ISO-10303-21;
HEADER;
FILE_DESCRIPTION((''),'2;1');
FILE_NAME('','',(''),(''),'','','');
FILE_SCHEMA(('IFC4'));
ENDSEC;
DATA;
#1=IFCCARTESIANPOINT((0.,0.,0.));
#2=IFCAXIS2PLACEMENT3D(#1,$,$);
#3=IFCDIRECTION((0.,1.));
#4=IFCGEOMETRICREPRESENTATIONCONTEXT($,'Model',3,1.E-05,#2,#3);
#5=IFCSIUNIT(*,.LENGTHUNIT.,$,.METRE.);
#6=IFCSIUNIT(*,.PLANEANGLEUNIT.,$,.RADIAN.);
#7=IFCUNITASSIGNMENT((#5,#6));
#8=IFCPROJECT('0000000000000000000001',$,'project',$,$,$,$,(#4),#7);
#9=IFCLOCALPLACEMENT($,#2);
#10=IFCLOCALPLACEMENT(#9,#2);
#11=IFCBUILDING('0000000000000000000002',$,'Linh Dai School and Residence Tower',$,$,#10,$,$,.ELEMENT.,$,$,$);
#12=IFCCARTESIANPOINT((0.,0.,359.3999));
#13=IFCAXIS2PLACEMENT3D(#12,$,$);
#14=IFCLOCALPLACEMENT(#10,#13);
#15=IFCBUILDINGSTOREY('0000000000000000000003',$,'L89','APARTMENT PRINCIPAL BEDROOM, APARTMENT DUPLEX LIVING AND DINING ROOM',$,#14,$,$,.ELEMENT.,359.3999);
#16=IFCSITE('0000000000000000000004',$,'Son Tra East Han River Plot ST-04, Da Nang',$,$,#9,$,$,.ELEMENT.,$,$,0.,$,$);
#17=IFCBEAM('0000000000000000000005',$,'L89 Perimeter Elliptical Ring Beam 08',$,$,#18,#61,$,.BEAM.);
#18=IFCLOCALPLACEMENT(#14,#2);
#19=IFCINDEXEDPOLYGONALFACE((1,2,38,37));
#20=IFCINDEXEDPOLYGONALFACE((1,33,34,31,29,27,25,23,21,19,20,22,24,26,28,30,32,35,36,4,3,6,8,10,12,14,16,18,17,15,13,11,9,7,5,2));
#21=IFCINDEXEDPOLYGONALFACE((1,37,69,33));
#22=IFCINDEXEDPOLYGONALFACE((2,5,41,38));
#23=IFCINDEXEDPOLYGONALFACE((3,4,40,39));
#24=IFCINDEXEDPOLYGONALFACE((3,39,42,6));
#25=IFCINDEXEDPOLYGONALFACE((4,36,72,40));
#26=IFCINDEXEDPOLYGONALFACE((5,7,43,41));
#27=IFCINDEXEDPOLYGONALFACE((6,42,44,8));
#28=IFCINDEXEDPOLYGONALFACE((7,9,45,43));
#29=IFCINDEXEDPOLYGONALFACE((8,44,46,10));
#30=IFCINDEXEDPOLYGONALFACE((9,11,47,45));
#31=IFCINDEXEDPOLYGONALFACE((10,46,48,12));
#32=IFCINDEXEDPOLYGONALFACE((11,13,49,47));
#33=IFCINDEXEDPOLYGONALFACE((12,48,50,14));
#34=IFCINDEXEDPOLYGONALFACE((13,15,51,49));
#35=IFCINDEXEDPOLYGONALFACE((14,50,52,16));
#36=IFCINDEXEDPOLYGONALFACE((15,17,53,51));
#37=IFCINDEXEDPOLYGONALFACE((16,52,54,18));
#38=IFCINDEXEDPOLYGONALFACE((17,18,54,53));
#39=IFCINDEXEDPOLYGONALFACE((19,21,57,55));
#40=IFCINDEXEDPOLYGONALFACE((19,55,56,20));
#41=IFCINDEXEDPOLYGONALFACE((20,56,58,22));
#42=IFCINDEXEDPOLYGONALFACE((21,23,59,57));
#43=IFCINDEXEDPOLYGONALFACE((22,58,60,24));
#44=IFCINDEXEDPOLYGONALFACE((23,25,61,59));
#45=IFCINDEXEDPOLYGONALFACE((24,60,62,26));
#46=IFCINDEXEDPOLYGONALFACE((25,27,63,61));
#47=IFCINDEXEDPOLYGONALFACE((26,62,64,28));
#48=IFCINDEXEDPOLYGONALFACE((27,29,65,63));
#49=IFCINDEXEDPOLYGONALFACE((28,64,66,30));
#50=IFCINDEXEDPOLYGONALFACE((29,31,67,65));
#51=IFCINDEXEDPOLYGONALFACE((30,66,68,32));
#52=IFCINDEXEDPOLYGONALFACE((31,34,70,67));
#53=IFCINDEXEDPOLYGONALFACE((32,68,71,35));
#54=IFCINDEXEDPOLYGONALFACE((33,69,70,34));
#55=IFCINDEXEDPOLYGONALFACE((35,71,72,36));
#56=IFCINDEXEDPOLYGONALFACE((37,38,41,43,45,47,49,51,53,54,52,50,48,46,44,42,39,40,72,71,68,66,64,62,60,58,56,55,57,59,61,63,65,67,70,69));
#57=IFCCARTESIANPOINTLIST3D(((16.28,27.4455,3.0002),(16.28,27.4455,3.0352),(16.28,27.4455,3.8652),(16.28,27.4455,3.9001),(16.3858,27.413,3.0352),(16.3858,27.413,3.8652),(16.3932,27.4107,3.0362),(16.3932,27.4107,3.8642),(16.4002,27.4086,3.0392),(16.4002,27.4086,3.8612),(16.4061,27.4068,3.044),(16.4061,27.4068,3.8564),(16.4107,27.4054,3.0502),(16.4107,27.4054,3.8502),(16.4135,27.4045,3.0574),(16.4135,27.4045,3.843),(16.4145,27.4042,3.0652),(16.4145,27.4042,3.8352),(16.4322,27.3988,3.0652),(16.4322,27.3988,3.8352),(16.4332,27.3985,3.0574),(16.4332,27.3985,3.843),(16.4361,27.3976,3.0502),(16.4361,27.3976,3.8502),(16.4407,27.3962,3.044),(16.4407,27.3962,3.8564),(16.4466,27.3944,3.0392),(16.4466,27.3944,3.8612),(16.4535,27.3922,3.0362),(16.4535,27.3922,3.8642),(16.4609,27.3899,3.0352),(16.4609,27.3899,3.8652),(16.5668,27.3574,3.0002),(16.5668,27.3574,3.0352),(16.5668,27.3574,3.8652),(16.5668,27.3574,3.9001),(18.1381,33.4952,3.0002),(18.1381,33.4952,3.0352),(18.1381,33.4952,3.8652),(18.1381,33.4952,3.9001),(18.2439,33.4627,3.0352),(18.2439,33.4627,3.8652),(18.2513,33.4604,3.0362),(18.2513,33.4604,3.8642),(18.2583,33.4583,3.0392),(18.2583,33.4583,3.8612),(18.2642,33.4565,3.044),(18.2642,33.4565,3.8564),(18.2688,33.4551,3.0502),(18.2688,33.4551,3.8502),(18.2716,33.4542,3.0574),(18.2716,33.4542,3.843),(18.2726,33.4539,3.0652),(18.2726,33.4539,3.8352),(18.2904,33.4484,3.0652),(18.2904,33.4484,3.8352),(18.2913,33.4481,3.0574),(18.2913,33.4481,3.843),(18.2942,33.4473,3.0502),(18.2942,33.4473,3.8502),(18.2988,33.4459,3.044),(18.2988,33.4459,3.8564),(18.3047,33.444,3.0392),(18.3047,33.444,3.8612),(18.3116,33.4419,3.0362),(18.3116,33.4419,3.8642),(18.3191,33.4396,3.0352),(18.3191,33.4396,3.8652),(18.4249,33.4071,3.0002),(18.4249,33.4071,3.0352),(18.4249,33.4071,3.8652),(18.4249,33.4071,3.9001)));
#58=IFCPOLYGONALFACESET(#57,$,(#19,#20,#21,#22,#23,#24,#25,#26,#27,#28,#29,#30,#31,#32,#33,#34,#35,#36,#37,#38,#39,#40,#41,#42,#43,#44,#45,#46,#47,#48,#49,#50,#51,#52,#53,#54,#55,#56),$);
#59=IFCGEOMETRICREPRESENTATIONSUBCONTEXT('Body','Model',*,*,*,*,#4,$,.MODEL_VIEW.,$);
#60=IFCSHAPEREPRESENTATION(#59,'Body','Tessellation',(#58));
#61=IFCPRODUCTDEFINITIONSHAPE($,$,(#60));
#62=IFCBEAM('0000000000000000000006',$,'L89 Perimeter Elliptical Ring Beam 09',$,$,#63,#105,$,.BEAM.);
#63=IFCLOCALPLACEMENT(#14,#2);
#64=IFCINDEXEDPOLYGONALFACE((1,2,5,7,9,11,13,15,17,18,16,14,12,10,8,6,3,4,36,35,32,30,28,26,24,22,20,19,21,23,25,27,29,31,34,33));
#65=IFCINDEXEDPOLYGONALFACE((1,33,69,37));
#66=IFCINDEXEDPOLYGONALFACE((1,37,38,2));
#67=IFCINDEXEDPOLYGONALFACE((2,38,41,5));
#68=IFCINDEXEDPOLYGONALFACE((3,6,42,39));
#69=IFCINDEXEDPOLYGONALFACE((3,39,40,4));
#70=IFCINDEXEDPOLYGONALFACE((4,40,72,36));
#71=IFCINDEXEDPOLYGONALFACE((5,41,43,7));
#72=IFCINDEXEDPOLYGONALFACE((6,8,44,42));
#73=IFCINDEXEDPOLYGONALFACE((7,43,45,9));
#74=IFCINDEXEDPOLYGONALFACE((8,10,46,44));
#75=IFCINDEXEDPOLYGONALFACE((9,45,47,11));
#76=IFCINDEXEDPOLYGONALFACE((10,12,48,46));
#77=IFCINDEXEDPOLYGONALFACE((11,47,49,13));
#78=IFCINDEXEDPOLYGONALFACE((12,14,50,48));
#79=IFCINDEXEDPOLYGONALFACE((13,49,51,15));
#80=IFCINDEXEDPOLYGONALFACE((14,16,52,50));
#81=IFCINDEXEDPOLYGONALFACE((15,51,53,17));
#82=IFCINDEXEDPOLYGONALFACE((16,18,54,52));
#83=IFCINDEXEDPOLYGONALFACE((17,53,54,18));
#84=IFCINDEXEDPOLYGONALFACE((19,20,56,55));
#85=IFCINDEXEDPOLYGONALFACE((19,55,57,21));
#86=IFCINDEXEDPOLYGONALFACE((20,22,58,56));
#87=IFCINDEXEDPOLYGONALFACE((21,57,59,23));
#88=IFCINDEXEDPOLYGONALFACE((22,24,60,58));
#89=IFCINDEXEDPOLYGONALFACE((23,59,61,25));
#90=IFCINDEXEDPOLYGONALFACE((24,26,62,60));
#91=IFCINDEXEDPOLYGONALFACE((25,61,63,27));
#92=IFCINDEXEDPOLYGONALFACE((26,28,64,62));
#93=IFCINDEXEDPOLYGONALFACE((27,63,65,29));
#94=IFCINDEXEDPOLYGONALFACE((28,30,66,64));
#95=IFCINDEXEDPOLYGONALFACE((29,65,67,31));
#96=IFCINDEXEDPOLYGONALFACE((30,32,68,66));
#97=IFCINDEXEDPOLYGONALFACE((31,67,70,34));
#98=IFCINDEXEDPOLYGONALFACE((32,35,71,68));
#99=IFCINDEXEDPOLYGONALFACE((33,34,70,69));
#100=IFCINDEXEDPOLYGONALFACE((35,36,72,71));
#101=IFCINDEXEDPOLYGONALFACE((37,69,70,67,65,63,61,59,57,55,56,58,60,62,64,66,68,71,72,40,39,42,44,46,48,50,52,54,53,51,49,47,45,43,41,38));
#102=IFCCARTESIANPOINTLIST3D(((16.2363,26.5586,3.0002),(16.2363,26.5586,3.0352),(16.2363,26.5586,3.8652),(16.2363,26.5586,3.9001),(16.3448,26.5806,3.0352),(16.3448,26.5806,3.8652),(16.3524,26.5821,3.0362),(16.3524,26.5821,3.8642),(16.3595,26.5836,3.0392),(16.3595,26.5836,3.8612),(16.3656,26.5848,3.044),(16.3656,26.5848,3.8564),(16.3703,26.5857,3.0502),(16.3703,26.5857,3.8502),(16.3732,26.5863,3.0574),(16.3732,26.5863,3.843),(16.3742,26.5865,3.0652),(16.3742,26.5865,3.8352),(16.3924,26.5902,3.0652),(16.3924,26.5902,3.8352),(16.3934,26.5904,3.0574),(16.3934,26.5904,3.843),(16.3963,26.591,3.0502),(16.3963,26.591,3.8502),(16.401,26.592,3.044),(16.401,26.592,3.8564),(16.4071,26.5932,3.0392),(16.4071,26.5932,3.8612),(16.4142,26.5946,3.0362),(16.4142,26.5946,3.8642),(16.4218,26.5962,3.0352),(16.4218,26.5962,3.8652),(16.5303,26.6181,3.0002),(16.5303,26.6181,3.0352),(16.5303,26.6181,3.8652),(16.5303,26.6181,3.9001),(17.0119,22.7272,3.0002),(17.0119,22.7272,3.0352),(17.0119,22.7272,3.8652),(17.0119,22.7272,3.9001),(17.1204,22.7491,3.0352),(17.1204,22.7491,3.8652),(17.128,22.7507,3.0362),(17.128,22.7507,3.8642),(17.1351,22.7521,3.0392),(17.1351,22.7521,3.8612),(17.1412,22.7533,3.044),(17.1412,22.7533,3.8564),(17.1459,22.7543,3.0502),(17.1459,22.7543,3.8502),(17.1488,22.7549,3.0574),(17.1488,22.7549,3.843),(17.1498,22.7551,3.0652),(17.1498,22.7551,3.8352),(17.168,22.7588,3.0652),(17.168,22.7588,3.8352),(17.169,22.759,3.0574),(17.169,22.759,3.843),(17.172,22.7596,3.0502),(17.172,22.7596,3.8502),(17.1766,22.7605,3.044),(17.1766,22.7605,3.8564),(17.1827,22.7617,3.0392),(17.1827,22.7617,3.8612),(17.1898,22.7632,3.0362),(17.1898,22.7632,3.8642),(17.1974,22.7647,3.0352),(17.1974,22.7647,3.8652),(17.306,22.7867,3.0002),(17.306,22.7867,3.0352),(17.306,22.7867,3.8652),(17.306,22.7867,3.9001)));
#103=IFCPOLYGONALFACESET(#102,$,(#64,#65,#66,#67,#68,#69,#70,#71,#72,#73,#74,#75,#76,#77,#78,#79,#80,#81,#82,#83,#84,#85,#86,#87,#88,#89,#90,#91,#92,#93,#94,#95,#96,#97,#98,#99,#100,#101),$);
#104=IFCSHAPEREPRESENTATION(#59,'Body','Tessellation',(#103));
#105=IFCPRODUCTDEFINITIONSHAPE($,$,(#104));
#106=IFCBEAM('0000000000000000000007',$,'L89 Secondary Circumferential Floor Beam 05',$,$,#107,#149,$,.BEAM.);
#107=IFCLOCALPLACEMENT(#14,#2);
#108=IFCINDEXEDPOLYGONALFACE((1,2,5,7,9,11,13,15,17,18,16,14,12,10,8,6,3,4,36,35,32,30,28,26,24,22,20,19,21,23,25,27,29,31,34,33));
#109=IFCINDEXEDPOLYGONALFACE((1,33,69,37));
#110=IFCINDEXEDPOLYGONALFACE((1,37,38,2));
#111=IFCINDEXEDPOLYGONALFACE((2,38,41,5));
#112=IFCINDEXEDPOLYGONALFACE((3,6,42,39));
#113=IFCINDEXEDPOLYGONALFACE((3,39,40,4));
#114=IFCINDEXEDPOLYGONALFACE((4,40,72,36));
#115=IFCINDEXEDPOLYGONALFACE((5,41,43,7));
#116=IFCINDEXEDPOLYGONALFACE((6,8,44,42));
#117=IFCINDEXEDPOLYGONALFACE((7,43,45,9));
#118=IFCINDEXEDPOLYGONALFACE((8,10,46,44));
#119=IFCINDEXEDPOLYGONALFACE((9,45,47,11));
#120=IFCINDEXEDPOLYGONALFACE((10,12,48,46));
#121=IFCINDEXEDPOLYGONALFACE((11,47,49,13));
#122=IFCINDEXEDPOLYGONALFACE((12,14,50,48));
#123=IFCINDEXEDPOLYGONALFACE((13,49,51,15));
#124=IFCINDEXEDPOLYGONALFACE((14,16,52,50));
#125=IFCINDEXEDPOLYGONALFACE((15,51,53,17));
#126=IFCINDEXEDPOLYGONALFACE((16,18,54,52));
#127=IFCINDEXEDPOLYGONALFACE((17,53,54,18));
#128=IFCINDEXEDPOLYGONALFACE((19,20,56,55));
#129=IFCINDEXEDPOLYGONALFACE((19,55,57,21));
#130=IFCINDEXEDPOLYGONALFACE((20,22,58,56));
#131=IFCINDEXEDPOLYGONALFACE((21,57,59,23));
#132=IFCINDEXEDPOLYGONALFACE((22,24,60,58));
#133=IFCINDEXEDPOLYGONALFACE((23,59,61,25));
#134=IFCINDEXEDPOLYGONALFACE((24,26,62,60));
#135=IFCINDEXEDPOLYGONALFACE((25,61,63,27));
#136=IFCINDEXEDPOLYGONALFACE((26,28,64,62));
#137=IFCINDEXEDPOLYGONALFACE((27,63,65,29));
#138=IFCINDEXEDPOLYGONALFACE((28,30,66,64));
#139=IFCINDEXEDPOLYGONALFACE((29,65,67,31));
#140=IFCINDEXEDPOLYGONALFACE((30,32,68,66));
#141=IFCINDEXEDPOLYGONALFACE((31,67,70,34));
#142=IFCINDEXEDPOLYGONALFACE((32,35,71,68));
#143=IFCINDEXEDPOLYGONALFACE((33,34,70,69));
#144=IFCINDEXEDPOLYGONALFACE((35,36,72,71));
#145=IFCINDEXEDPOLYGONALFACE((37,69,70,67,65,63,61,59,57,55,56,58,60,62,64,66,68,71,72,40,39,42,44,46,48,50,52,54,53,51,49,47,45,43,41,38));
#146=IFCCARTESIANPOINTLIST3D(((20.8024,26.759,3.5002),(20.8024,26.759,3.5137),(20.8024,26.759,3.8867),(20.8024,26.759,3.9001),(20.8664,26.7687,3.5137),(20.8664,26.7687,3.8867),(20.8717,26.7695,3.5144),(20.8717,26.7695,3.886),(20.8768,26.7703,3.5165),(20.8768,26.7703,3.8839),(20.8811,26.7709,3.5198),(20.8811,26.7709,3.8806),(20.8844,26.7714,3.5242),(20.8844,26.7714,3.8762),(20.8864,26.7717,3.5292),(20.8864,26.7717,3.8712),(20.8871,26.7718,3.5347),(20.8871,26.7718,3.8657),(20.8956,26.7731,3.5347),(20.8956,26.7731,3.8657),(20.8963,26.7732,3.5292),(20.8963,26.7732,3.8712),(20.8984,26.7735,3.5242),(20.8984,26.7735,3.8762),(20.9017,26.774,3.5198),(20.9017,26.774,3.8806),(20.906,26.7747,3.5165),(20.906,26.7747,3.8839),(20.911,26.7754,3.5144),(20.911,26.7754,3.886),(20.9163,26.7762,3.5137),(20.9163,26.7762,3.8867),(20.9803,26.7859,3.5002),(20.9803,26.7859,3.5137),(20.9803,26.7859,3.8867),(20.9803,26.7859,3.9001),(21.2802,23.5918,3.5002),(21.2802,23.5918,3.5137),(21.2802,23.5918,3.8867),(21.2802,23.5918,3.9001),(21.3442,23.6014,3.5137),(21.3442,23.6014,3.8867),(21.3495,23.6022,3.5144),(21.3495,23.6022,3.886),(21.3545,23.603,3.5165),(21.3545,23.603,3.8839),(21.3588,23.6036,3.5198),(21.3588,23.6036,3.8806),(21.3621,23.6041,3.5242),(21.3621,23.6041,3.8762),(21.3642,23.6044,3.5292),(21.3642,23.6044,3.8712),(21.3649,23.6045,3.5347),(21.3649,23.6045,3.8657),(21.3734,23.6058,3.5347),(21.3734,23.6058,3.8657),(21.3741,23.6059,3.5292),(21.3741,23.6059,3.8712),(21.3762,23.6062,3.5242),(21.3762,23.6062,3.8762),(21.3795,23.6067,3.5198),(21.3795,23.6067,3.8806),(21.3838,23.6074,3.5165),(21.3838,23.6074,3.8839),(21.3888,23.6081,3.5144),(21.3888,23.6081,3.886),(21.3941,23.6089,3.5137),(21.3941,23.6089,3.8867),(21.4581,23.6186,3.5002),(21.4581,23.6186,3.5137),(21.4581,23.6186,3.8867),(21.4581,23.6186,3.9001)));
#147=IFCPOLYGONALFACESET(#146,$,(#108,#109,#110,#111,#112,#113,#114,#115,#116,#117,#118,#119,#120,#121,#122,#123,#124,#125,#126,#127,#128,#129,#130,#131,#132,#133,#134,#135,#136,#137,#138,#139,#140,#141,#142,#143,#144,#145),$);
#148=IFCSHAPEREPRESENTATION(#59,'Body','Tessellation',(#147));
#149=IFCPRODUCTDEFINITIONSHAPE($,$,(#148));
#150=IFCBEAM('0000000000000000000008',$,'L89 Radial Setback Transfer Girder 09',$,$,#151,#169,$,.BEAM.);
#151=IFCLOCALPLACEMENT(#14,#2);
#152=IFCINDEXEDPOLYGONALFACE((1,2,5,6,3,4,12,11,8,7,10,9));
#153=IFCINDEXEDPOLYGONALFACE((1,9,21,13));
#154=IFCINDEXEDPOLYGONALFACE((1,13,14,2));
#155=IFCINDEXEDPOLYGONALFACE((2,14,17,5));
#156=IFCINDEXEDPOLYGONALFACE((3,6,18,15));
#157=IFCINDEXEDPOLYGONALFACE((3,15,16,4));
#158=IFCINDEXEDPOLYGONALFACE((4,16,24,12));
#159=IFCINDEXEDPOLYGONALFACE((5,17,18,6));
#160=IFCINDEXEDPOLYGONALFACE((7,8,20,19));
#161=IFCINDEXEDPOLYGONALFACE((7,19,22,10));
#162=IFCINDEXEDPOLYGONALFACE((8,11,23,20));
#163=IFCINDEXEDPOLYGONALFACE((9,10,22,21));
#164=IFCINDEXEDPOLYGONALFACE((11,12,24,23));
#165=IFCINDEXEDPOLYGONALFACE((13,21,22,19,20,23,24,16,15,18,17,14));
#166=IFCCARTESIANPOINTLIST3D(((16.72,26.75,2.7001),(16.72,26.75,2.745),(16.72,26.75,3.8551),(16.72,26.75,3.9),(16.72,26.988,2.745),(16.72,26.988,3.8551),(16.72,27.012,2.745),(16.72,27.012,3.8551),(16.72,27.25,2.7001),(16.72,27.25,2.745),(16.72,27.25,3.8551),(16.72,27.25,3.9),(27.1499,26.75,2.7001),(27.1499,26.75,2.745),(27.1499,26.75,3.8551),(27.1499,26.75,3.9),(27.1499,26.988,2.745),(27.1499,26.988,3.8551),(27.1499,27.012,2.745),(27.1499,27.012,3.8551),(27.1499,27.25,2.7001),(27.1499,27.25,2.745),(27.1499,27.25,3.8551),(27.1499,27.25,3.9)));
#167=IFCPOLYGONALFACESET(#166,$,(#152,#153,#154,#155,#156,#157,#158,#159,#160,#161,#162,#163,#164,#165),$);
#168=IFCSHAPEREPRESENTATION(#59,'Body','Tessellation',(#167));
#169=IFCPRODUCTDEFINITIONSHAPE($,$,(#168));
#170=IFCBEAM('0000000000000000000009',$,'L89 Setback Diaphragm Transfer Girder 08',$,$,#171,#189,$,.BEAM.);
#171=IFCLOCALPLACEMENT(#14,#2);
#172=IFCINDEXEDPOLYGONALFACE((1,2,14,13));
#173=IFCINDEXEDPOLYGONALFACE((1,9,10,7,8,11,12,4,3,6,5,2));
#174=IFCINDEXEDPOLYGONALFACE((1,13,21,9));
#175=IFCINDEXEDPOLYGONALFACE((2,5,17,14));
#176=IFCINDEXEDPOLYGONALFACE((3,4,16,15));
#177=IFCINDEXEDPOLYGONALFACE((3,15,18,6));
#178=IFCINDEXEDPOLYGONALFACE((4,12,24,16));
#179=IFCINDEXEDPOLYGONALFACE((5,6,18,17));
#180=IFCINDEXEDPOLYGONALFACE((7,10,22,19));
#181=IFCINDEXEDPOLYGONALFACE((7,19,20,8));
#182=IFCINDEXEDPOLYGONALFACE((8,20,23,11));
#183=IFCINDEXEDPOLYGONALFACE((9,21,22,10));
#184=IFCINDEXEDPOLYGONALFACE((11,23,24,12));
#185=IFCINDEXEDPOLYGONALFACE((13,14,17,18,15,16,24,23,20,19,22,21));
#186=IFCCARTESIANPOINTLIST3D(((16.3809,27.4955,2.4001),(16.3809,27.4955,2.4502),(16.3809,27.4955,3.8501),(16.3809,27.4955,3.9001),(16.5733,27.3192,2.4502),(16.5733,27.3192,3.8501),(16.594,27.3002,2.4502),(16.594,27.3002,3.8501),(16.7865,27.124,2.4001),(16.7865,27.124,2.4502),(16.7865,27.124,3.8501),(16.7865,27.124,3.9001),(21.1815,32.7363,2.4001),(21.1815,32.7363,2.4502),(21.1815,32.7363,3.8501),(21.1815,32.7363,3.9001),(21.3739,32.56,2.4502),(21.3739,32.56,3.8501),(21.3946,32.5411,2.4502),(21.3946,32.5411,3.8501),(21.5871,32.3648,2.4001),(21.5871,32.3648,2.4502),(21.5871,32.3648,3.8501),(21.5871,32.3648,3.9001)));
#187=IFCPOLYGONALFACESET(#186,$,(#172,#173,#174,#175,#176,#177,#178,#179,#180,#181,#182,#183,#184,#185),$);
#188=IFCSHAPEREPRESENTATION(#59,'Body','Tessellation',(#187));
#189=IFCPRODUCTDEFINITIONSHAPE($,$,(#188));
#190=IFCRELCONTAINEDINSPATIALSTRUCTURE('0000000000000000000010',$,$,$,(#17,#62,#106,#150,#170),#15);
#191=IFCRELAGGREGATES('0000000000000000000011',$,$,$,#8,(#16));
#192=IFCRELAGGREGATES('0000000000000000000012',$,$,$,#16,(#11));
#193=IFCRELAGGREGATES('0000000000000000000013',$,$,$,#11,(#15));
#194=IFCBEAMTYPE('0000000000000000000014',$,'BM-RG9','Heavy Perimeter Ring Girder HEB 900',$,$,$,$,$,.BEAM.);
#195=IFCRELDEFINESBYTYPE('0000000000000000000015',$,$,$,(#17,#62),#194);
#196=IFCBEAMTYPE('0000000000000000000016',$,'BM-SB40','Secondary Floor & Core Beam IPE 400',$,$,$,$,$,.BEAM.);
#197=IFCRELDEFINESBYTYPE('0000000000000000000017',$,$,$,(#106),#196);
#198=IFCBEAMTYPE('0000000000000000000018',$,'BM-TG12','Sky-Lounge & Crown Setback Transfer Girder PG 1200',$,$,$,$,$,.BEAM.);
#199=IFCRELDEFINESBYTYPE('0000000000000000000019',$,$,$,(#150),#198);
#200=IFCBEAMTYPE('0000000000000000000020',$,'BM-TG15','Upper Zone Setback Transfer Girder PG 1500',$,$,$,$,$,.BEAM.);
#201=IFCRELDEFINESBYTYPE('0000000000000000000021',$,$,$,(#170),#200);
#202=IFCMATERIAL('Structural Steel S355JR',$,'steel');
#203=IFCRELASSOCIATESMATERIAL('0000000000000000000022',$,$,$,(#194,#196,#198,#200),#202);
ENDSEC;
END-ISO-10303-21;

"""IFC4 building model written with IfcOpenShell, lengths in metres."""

from ifc_helpers import new_model, si_unit, direction, frame, origin, origin_2d, place, context, subcontext, project, spatial, i_section, extrude, material, material_profile, profile_set, type_object, element, save


model = new_model("IFC4")

# Units and contexts
model_context = context("Model", 3, precision=1e-05, world=origin(), true_north=direction((0.0, 1.0)))
body_context = subcontext(model_context, "Body", "Model", "MODEL_VIEW")
ifc_project = project(units=[si_unit("LENGTHUNIT", "METRE"), si_unit("PLANEANGLEUNIT", "RADIAN")], contexts=[model_context])

# Site, building, storey
site_placement = place(None, origin())
site = spatial("IfcSite", under=ifc_project, at=site_placement, Name="Son Tra East Han River Plot ST-04, Da Nang", CompositionType="ELEMENT", RefElevation=0.0)
building_placement = place(site_placement, origin())
building = spatial("IfcBuilding", under=site, at=building_placement, Name="Linh Dai School and Residence Tower", CompositionType="ELEMENT")
storey_placement = place(building_placement, frame((0.0, 0.0, 359.3999)))
storey = spatial("IfcBuildingStorey", under=building, at=storey_placement, Name="L89", Description="APARTMENT PRINCIPAL BEDROOM, APARTMENT DUPLEX LIVING AND DINING ROOM", CompositionType="ELEMENT", Elevation=359.3999)

# Shared definitions
ifc_material_1 = material(Name="Structural Steel S355JR", Category="steel")

# Beams
ifc_material_profile_1 = material_profile(ifc_material_1, i_section(OverallWidth=0.3, OverallDepth=0.8999, WebThickness=0.0186, FlangeThickness=0.0349, FilletRadius=0.03, at=origin_2d()), Name="HEB 900")
ifc_profile_set_1 = profile_set([ifc_material_profile_1], Name="Structural Steel S355JR")
beam_type_1 = type_object("IfcBeamType", Name="BM-RG9", Description="Heavy Perimeter Ring Girder HEB 900", PredefinedType="BEAM", material=ifc_profile_set_1)
beam_1_placement = place(storey_placement, frame((18.2815, 33.4512, 3.4502), z_axis=(-0.293606, -0.955927, 0.0), x_axis=(0.955927, -0.293606, 0.0)))
element("IfcBeam", 1, at=beam_1_placement, inside=storey, type_object=beam_type_1, Name="L89 Perimeter Elliptical Ring Beam 08", PredefinedType="BEAM", context=body_context, shape_type="SweptSolid", body=[
    extrude(i_section(OverallWidth=0.3, OverallDepth=0.8999, WebThickness=0.0186, FlangeThickness=0.0349, FilletRadius=0.03, at=origin_2d()), origin(), (0.0, 0.0, 1.0), 6.3286),
])
beam_2_placement = place(storey_placement, frame((16.3833, 26.5884, 3.4502), z_axis=(0.19841, -0.980119, 0.0), x_axis=(0.980119, 0.19841, 0.0)))
element("IfcBeam", 2, at=beam_2_placement, inside=storey, type_object=beam_type_1, Name="L89 Perimeter Elliptical Ring Beam 09", PredefinedType="BEAM", context=body_context, shape_type="SweptSolid", body=[
    extrude(i_section(OverallWidth=0.3, OverallDepth=0.8999, WebThickness=0.0186, FlangeThickness=0.0349, FilletRadius=0.03, at=origin_2d()), origin(), (0.0, 0.0, 1.0), 3.9092),
])
ifc_material_profile_2 = material_profile(ifc_material_1, i_section(OverallWidth=0.1799, OverallDepth=0.3999, WebThickness=0.0085, FlangeThickness=0.0134, FilletRadius=0.021, at=origin_2d()), Name="IPE 400")
ifc_profile_set_2 = profile_set([ifc_material_profile_2], Name="Structural Steel S355JR")
beam_type_2 = type_object("IfcBeamType", Name="BM-SB40", Description="Secondary Floor & Core Beam IPE 400", PredefinedType="BEAM", material=ifc_profile_set_2)
beam_3_placement = place(storey_placement, frame((20.8914, 26.7725, 3.7002), z_axis=(0.149164, -0.988812, 0.0), x_axis=(0.988812, 0.149164, 0.0)))
element("IfcBeam", 3, at=beam_3_placement, inside=storey, type_object=beam_type_2, Name="L89 Secondary Circumferential Floor Beam 05", PredefinedType="BEAM", context=body_context, shape_type="SweptSolid", body=[
    extrude(i_section(OverallWidth=0.1799, OverallDepth=0.3999, WebThickness=0.0085, FlangeThickness=0.0134, FilletRadius=0.021, at=origin_2d()), origin(), (0.0, 0.0, 1.0), 3.2031),
])
ifc_material_profile_3 = material_profile(ifc_material_1, i_section(OverallWidth=0.5, OverallDepth=1.2, WebThickness=0.0239, FlangeThickness=0.0449, at=origin_2d()), Name="PG 1200x500x24x45")
ifc_profile_set_3 = profile_set([ifc_material_profile_3], Name="Structural Steel S355JR")
beam_type_3 = type_object("IfcBeamType", Name="BM-TG12", Description="Sky-Lounge & Crown Setback Transfer Girder PG 1200", PredefinedType="BEAM", material=ifc_profile_set_3)
beam_4_placement = place(storey_placement, frame((27.1499, 27.0, 3.3), z_axis=(-1.0, 0.0, 0.0), x_axis=(0.0, -1.0, 0.0)))
element("IfcBeam", 4, at=beam_4_placement, inside=storey, type_object=beam_type_3, Name="L89 Radial Setback Transfer Girder 09", PredefinedType="BEAM", context=body_context, shape_type="SweptSolid", body=[
    extrude(i_section(OverallWidth=0.5, OverallDepth=1.2, WebThickness=0.0239, FlangeThickness=0.0449, at=origin_2d()), origin(), (0.0, 0.0, 1.0), 10.4299),
])
ifc_material_profile_4 = material_profile(ifc_material_1, i_section(OverallWidth=0.55, OverallDepth=1.5, WebThickness=0.0281, FlangeThickness=0.05, at=origin_2d()), Name="PG 1500x550x28x50")
ifc_profile_set_4 = profile_set([ifc_material_profile_4], Name="Structural Steel S355JR")
beam_type_4 = type_object("IfcBeamType", Name="BM-TG15", Description="Upper Zone Setback Transfer Girder PG 1500", PredefinedType="BEAM", material=ifc_profile_set_4)
beam_5_placement = place(storey_placement, frame((21.3843, 32.5505, 3.1501), z_axis=(-0.67546, -0.737397, 0.0), x_axis=(0.737397, -0.67546, 0.0)))
element("IfcBeam", 5, at=beam_5_placement, inside=storey, type_object=beam_type_4, Name="L89 Setback Diaphragm Transfer Girder 08", PredefinedType="BEAM", context=body_context, shape_type="SweptSolid", body=[
    extrude(i_section(OverallWidth=0.55, OverallDepth=1.5, WebThickness=0.0281, FlangeThickness=0.05, at=origin_2d()), origin(), (0.0, 0.0, 1.0), 7.1072),
])

save(model, "model.ifc")
